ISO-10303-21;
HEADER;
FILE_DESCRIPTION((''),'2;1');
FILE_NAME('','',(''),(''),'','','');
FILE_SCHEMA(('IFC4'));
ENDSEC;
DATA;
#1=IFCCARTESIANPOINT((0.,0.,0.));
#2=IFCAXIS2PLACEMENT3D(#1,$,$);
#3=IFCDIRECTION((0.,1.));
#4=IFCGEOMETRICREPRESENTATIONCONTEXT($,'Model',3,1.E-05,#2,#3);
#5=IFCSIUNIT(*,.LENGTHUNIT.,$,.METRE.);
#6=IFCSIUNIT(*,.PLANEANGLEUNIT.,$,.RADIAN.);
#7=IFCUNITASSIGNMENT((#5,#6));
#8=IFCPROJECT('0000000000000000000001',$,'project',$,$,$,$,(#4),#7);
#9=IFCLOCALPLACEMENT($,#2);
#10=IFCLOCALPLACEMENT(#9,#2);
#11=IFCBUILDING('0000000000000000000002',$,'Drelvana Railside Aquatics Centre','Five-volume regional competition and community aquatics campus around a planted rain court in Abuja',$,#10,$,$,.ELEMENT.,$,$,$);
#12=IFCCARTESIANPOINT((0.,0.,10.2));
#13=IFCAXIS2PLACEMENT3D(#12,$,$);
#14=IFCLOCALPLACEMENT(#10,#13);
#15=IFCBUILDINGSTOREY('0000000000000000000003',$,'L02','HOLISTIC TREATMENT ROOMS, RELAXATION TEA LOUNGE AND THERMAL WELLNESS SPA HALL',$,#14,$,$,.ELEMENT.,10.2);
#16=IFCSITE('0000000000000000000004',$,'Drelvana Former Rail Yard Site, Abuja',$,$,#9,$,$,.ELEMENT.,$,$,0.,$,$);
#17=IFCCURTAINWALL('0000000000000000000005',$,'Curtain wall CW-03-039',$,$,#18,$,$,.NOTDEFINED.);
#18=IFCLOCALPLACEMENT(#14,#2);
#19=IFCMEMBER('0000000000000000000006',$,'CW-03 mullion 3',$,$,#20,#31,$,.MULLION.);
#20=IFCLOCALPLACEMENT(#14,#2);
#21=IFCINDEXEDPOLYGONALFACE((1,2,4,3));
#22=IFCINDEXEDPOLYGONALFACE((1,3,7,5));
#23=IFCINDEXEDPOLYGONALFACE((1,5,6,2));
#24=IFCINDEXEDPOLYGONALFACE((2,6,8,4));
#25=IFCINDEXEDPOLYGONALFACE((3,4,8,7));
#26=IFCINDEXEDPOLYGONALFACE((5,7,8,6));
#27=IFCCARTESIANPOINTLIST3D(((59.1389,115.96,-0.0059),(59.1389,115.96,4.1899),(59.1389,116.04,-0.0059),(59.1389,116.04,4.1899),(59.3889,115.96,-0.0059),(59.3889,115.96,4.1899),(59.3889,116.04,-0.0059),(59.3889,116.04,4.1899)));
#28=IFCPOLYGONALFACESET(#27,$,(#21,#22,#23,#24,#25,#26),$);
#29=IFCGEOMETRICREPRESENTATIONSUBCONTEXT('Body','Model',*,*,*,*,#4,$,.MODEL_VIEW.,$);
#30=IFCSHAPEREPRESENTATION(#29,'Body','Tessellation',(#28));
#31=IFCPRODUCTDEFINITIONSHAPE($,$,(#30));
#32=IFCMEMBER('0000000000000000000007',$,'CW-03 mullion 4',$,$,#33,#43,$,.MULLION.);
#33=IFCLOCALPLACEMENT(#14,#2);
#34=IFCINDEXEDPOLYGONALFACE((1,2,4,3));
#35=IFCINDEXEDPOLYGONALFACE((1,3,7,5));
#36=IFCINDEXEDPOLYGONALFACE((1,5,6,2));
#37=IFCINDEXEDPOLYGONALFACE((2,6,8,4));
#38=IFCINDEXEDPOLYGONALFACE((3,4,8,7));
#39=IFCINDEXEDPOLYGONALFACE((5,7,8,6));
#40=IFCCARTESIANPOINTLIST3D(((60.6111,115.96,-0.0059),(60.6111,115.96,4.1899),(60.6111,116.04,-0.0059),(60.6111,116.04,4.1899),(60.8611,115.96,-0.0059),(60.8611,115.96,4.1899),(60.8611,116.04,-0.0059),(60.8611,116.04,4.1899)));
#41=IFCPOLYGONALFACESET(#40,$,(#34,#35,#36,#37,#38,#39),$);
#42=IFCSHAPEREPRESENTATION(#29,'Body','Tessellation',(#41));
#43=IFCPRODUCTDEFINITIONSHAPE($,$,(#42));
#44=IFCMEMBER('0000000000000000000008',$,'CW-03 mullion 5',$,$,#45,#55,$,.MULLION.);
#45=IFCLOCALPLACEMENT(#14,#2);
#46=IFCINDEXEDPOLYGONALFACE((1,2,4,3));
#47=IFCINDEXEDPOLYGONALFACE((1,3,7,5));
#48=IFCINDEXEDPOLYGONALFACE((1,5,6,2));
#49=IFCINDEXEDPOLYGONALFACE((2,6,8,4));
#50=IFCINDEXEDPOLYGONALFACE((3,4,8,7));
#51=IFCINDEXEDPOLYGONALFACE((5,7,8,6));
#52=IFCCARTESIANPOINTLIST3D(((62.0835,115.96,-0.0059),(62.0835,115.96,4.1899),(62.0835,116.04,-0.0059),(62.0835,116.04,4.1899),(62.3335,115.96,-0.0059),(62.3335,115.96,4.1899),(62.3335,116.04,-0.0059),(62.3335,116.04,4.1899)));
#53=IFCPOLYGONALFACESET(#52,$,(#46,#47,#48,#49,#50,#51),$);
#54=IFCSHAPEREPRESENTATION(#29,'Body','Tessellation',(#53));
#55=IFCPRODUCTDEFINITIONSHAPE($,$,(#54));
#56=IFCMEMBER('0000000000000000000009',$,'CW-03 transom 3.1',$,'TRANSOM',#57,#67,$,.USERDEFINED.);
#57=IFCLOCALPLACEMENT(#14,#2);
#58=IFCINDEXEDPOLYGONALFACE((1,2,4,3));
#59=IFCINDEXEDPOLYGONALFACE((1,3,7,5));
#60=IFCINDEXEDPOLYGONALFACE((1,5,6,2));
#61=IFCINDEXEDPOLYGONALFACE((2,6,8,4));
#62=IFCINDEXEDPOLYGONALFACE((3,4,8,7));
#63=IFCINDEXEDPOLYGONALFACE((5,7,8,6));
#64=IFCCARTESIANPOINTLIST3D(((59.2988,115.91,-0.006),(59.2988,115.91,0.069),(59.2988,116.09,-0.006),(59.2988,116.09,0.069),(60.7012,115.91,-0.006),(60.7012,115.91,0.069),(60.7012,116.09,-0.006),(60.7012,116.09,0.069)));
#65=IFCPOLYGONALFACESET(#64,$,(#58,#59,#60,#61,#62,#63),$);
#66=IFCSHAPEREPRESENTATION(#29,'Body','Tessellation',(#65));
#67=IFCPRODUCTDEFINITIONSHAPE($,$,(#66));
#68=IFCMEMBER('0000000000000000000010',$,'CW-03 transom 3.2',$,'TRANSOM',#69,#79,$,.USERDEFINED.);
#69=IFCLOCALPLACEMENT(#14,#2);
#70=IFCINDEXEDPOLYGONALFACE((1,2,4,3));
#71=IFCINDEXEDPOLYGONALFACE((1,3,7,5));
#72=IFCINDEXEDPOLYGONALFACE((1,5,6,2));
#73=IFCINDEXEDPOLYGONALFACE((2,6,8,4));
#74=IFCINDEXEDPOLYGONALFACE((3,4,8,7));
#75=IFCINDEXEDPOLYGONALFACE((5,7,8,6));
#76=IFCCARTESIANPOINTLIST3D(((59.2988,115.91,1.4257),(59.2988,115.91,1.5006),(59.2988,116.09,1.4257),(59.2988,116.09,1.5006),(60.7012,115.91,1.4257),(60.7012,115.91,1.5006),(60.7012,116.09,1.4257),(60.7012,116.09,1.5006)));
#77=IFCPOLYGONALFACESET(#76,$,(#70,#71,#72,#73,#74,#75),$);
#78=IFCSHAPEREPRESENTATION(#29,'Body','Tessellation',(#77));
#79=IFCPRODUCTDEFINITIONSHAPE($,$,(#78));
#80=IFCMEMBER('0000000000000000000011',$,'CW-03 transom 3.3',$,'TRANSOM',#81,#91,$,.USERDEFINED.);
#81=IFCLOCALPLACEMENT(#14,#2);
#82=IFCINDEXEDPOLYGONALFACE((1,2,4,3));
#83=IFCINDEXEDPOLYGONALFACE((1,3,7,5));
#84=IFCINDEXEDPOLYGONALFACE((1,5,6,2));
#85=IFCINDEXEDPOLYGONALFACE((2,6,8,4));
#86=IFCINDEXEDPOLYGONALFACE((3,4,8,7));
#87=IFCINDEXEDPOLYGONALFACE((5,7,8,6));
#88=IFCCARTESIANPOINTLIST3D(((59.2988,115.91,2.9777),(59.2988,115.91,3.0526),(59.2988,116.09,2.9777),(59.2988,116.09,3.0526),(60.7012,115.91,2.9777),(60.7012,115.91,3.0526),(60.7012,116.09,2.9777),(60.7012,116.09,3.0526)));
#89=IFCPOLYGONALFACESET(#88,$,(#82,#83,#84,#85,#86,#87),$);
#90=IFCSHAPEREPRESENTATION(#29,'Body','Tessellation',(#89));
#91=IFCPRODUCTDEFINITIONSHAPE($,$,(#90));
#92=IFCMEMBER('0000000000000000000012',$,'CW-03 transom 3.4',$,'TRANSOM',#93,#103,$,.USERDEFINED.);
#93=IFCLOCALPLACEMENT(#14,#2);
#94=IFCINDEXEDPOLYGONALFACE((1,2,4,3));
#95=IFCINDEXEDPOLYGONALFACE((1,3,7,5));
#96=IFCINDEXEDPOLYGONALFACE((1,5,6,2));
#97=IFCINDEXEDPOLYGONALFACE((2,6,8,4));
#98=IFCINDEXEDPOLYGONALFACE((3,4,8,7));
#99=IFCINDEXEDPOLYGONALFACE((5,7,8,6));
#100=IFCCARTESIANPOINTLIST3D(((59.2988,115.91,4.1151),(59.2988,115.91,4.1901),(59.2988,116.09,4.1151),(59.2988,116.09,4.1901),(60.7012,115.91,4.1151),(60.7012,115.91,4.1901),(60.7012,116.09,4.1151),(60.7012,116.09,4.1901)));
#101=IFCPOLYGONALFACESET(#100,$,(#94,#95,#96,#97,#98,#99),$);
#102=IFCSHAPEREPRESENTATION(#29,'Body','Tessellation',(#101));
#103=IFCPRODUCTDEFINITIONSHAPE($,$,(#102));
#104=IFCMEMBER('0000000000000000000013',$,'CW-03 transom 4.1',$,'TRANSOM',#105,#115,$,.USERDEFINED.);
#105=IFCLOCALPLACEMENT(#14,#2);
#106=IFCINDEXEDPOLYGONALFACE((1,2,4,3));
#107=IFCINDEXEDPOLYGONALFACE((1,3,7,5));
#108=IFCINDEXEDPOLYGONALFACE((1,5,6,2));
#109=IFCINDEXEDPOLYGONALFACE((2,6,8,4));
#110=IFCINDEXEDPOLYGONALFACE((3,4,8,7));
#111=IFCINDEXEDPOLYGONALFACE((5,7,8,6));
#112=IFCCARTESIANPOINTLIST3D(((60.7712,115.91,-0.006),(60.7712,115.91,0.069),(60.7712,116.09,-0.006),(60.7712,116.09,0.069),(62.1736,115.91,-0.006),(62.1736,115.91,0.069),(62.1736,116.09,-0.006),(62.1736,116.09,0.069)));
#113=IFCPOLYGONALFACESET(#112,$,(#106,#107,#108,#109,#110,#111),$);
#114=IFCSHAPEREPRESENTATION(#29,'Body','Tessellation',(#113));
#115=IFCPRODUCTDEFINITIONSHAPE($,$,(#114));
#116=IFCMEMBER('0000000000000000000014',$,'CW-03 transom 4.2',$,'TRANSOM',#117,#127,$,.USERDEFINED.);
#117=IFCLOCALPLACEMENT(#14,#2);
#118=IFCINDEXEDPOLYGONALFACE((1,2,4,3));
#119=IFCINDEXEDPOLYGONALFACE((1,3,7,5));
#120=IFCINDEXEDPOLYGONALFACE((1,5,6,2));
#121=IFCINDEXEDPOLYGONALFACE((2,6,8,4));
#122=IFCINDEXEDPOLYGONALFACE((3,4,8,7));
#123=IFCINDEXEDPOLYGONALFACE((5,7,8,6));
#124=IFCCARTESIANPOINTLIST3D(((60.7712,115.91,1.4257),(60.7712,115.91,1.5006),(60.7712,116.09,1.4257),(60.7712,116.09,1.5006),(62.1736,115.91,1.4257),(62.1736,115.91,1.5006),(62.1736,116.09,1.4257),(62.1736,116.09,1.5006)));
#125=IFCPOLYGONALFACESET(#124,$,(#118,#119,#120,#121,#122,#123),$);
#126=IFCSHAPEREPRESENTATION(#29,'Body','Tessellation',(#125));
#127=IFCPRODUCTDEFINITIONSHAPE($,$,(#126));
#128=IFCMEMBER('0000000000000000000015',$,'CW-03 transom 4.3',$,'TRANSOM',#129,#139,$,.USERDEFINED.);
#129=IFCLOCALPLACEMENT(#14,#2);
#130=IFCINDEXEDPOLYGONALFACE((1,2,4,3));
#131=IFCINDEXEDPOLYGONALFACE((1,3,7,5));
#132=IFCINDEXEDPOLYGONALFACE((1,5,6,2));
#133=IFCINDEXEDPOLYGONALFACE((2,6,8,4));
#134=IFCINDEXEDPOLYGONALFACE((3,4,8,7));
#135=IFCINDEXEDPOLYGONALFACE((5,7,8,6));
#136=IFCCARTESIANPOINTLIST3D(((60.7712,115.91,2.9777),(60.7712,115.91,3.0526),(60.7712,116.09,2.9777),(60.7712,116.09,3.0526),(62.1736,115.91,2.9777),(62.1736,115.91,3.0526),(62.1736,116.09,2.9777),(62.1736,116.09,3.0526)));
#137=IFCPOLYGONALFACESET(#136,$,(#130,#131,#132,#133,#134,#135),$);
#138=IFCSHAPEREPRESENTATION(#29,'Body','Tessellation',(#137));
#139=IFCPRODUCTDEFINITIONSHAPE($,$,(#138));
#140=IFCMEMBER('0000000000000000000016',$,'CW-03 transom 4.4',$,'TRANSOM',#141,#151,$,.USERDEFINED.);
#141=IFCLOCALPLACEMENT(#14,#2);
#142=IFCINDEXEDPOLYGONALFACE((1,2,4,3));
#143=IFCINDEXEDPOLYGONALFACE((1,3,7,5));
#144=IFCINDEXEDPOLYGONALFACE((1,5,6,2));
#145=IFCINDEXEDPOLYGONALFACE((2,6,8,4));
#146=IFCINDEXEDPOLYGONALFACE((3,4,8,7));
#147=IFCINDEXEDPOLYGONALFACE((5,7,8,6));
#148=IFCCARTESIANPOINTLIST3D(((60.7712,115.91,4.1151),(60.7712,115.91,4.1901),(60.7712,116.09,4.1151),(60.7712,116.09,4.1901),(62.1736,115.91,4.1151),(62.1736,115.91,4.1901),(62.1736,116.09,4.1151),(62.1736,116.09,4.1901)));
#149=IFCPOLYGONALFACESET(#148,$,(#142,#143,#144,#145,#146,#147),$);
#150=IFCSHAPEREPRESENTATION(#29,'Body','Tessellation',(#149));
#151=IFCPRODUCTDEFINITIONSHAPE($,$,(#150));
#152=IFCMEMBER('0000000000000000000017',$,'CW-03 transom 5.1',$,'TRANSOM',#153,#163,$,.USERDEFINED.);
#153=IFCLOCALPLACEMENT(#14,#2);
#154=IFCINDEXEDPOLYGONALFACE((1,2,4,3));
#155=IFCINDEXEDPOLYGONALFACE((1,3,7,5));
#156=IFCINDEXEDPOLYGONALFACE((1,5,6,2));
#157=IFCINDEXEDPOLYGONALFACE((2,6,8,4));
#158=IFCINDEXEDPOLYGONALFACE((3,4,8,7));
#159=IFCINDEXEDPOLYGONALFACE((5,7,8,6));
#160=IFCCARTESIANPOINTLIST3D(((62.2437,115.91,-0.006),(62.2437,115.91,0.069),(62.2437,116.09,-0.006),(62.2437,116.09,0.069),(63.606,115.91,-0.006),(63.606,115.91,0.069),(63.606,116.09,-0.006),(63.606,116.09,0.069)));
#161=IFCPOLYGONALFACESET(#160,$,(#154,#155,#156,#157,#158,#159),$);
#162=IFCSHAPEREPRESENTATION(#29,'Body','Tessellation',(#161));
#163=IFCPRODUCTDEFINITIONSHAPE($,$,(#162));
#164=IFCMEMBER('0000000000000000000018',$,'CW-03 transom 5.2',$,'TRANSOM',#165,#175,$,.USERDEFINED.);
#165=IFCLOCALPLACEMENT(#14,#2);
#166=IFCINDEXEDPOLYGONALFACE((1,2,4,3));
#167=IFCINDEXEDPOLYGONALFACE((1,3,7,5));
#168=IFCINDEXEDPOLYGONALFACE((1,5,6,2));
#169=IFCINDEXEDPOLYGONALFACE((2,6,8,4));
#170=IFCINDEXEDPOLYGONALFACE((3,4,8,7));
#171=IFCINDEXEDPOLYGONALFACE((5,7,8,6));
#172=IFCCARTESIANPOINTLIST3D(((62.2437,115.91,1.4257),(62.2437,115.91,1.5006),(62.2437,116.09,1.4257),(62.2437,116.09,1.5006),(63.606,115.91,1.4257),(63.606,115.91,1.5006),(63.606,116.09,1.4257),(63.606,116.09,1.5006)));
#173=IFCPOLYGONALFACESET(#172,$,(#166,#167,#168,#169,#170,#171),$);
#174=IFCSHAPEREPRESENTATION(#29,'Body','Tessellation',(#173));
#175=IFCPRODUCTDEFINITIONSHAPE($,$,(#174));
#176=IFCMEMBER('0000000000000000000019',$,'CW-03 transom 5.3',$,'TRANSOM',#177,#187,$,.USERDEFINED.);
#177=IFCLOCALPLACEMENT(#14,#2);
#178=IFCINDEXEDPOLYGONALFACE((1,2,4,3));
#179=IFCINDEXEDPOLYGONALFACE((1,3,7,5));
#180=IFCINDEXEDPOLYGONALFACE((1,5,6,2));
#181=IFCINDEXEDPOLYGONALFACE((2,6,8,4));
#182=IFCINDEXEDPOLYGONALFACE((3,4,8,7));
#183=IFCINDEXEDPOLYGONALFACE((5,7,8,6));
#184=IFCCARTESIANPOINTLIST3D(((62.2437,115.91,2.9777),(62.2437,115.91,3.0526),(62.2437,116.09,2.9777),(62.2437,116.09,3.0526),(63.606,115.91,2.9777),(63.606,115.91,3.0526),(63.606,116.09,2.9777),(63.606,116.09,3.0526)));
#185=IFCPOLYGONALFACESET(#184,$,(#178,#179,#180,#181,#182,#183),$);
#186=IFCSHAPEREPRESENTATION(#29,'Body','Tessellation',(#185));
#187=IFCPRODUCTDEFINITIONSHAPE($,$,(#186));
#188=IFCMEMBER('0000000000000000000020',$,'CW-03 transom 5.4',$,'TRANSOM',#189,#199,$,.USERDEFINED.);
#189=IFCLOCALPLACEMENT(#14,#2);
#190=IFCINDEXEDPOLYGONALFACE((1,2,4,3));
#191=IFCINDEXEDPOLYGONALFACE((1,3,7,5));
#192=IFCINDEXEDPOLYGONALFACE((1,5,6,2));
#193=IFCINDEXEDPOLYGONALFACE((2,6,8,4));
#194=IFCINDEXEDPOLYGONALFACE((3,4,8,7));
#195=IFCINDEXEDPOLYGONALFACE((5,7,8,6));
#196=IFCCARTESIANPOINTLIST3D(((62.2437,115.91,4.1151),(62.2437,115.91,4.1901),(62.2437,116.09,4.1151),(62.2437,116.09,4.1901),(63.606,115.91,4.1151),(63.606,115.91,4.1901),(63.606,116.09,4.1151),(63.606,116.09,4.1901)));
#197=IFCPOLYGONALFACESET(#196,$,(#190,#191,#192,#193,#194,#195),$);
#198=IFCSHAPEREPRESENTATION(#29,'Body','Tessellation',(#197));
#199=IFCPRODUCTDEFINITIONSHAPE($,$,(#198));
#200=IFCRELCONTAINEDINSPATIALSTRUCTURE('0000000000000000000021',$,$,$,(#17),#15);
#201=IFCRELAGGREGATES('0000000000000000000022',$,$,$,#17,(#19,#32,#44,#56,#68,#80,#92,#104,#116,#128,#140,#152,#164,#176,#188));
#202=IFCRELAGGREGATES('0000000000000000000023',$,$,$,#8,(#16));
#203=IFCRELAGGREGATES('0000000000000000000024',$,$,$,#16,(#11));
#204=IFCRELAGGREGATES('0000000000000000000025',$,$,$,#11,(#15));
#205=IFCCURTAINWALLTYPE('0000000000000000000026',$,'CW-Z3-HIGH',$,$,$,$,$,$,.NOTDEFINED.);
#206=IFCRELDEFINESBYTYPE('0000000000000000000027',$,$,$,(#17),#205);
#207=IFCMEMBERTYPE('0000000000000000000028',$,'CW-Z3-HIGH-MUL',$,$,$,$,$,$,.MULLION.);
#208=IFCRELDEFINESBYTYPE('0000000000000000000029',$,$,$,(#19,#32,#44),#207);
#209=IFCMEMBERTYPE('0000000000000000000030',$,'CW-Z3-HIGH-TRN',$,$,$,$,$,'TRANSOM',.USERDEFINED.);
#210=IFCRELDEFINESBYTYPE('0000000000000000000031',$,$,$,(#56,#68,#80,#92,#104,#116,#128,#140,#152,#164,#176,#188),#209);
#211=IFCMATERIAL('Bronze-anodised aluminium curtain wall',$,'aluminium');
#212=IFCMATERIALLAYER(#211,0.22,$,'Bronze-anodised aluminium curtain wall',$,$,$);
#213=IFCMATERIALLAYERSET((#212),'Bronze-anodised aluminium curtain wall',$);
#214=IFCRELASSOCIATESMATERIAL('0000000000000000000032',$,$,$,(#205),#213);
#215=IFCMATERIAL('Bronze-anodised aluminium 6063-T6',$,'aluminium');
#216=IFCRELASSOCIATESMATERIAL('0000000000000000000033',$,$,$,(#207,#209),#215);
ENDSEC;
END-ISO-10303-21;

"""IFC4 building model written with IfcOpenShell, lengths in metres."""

from ifc_helpers import new_model, si_unit, direction, frame, origin, origin_2d, place, context, subcontext, project, spatial, rectangle, extrude, material, layer, layer_set, material_profile, profile_set, type_object, element, aggregate, save


model = new_model("IFC4")

# Units and contexts
model_context = context("Model", 3, precision=1e-05, world=origin(), true_north=direction((0.0, 1.0)))
body_context = subcontext(model_context, "Body", "Model", "MODEL_VIEW")
ifc_project = project(units=[si_unit("LENGTHUNIT", "METRE"), si_unit("PLANEANGLEUNIT", "RADIAN")], contexts=[model_context])

# Site, building, storey
site_placement = place(None, origin())
site = spatial("IfcSite", under=ifc_project, at=site_placement, Name="Drelvana Former Rail Yard Site, Abuja", CompositionType="ELEMENT", RefElevation=0.0)
building_placement = place(site_placement, origin())
building = spatial("IfcBuilding", under=site, at=building_placement, Name="Drelvana Railside Aquatics Centre", Description="Five-volume regional competition and community aquatics campus around a planted rain court in Abuja", CompositionType="ELEMENT")
storey_placement = place(building_placement, frame((0.0, 0.0, 10.2)))
storey = spatial("IfcBuildingStorey", under=building, at=storey_placement, Name="L02", Description="HOLISTIC TREATMENT ROOMS, RELAXATION TEA LOUNGE AND THERMAL WELLNESS SPA HALL", CompositionType="ELEMENT", Elevation=10.2)

# Curtain wall, members
ifc_material_1 = material(Name="Bronze-anodised aluminium curtain wall", Category="aluminium")
ifc_layer_1 = layer(ifc_material_1, 0.22, Name="Bronze-anodised aluminium curtain wall")
ifc_layer_set_1 = layer_set([ifc_layer_1], Name="Bronze-anodised aluminium curtain wall")
curtain_wall_type = type_object("IfcCurtainWallType", Name="CW-Z3-HIGH", PredefinedType="NOTDEFINED", material=ifc_layer_set_1)
curtain_wall_placement = place(storey_placement, origin())
curtain_wall = element("IfcCurtainWall", 1, at=curtain_wall_placement, inside=storey, type_object=curtain_wall_type, Name="Curtain wall CW-03-039", PredefinedType="NOTDEFINED")
ifc_material_2 = material(Name="Bronze-anodised aluminium 6063-T6", Category="aluminium")
ifc_material_profile_1 = material_profile(ifc_material_2, rectangle(XDim=0.0801, YDim=0.25, at=origin_2d()), Name="ALU-M 80x250")
ifc_profile_set_1 = profile_set([ifc_material_profile_1], Name="Bronze-anodised aluminium 6063-T6")
member_type_1 = type_object("IfcMemberType", Name="CW-Z3-HIGH-MUL", PredefinedType="MULLION", material=ifc_profile_set_1)
member_1_placement = place(storey_placement, frame((59.2639, 116.0, -0.0059), z_axis=(0.0, 0.0, 1.0), x_axis=(0.0, 1.0, 0.0)))
member_1 = element("IfcMember", 2, at=member_1_placement, type_object=member_type_1, Name="CW-03 mullion 3", PredefinedType="MULLION", context=body_context, shape_type="SweptSolid", body=[
    extrude(rectangle(XDim=0.0801, YDim=0.25, at=origin_2d()), origin(), (0.0, 0.0, 1.0), 4.1958),
])
member_2_placement = place(storey_placement, frame((60.7361, 116.0, -0.0059), z_axis=(0.0, 0.0, 1.0), x_axis=(0.0, 1.0, 0.0)))
member_2 = element("IfcMember", 3, at=member_2_placement, type_object=member_type_1, Name="CW-03 mullion 4", PredefinedType="MULLION", context=body_context, shape_type="SweptSolid", body=[
    extrude(rectangle(XDim=0.0801, YDim=0.25, at=origin_2d()), origin(), (0.0, 0.0, 1.0), 4.1958),
])
member_3_placement = place(storey_placement, frame((62.2085, 116.0, -0.0059), z_axis=(0.0, 0.0, 1.0), x_axis=(0.0, 1.0, 0.0)))
member_3 = element("IfcMember", 4, at=member_3_placement, type_object=member_type_1, Name="CW-03 mullion 5", PredefinedType="MULLION", context=body_context, shape_type="SweptSolid", body=[
    extrude(rectangle(XDim=0.0801, YDim=0.25, at=origin_2d()), origin(), (0.0, 0.0, 1.0), 4.1958),
])
ifc_material_profile_2 = material_profile(ifc_material_2, rectangle(XDim=0.1799, YDim=0.075, at=origin_2d()), Name="ALU-T 75x180")
ifc_profile_set_2 = profile_set([ifc_material_profile_2], Name="Bronze-anodised aluminium 6063-T6")
member_type_2 = type_object("IfcMemberType", Name="CW-Z3-HIGH-TRN", ElementType="TRANSOM", PredefinedType="USERDEFINED", material=ifc_profile_set_2)
member_4_placement = place(storey_placement, frame((59.2988, 116.0, 0.0315), z_axis=(1.0, 0.0, 0.0), x_axis=(0.0, 1.0, 0.0)))
member_4 = element("IfcMember", 5, at=member_4_placement, type_object=member_type_2, Name="CW-03 transom 3.1", ObjectType="TRANSOM", PredefinedType="USERDEFINED", context=body_context, shape_type="SweptSolid", body=[
    extrude(rectangle(XDim=0.1799, YDim=0.075, at=origin_2d()), origin(), (0.0, 0.0, 1.0), 1.4023),
])
member_5_placement = place(storey_placement, frame((59.2988, 116.0, 1.4631), z_axis=(1.0, 0.0, 0.0), x_axis=(0.0, 1.0, 0.0)))
member_5 = element("IfcMember", 6, at=member_5_placement, type_object=member_type_2, Name="CW-03 transom 3.2", ObjectType="TRANSOM", PredefinedType="USERDEFINED", context=body_context, shape_type="SweptSolid", body=[
    extrude(rectangle(XDim=0.1799, YDim=0.075, at=origin_2d()), origin(), (0.0, 0.0, 1.0), 1.4023),
])
member_6_placement = place(storey_placement, frame((59.2988, 116.0, 3.0151), z_axis=(1.0, 0.0, 0.0), x_axis=(0.0, 1.0, 0.0)))
member_6 = element("IfcMember", 7, at=member_6_placement, type_object=member_type_2, Name="CW-03 transom 3.3", ObjectType="TRANSOM", PredefinedType="USERDEFINED", context=body_context, shape_type="SweptSolid", body=[
    extrude(rectangle(XDim=0.1799, YDim=0.075, at=origin_2d()), origin(), (0.0, 0.0, 1.0), 1.4023),
])
member_7_placement = place(storey_placement, frame((59.2988, 116.0, 4.1526), z_axis=(1.0, 0.0, 0.0), x_axis=(0.0, 1.0, 0.0)))
member_7 = element("IfcMember", 8, at=member_7_placement, type_object=member_type_2, Name="CW-03 transom 3.4", ObjectType="TRANSOM", PredefinedType="USERDEFINED", context=body_context, shape_type="SweptSolid", body=[
    extrude(rectangle(XDim=0.1799, YDim=0.075, at=origin_2d()), origin(), (0.0, 0.0, 1.0), 1.4023),
])
member_8_placement = place(storey_placement, frame((60.7712, 116.0, 0.0315), z_axis=(1.0, 0.0, 0.0), x_axis=(0.0, 1.0, 0.0)))
member_8 = element("IfcMember", 9, at=member_8_placement, type_object=member_type_2, Name="CW-03 transom 4.1", ObjectType="TRANSOM", PredefinedType="USERDEFINED", context=body_context, shape_type="SweptSolid", body=[
    extrude(rectangle(XDim=0.1799, YDim=0.075, at=origin_2d()), origin(), (0.0, 0.0, 1.0), 1.4023),
])
member_9_placement = place(storey_placement, frame((60.7712, 116.0, 1.4631), z_axis=(1.0, 0.0, 0.0), x_axis=(0.0, 1.0, 0.0)))
member_9 = element("IfcMember", 10, at=member_9_placement, type_object=member_type_2, Name="CW-03 transom 4.2", ObjectType="TRANSOM", PredefinedType="USERDEFINED", context=body_context, shape_type="SweptSolid", body=[
    extrude(rectangle(XDim=0.1799, YDim=0.075, at=origin_2d()), origin(), (0.0, 0.0, 1.0), 1.4023),
])
member_10_placement = place(storey_placement, frame((60.7712, 116.0, 3.0151), z_axis=(1.0, 0.0, 0.0), x_axis=(0.0, 1.0, 0.0)))
member_10 = element("IfcMember", 11, at=member_10_placement, type_object=member_type_2, Name="CW-03 transom 4.3", ObjectType="TRANSOM", PredefinedType="USERDEFINED", context=body_context, shape_type="SweptSolid", body=[
    extrude(rectangle(XDim=0.1799, YDim=0.075, at=origin_2d()), origin(), (0.0, 0.0, 1.0), 1.4023),
])
member_11_placement = place(storey_placement, frame((60.7712, 116.0, 4.1526), z_axis=(1.0, 0.0, 0.0), x_axis=(0.0, 1.0, 0.0)))
member_11 = element("IfcMember", 12, at=member_11_placement, type_object=member_type_2, Name="CW-03 transom 4.4", ObjectType="TRANSOM", PredefinedType="USERDEFINED", context=body_context, shape_type="SweptSolid", body=[
    extrude(rectangle(XDim=0.1799, YDim=0.075, at=origin_2d()), origin(), (0.0, 0.0, 1.0), 1.4023),
])
member_12_placement = place(storey_placement, frame((62.2437, 116.0, 0.0315), z_axis=(1.0, 0.0, 0.0), x_axis=(0.0, 1.0, 0.0)))
member_12 = element("IfcMember", 13, at=member_12_placement, type_object=member_type_2, Name="CW-03 transom 5.1", ObjectType="TRANSOM", PredefinedType="USERDEFINED", context=body_context, shape_type="SweptSolid", body=[
    extrude(rectangle(XDim=0.1799, YDim=0.075, at=origin_2d()), origin(), (0.0, 0.0, 1.0), 1.3623),
])
member_13_placement = place(storey_placement, frame((62.2437, 116.0, 1.4631), z_axis=(1.0, 0.0, 0.0), x_axis=(0.0, 1.0, 0.0)))
member_13 = element("IfcMember", 14, at=member_13_placement, type_object=member_type_2, Name="CW-03 transom 5.2", ObjectType="TRANSOM", PredefinedType="USERDEFINED", context=body_context, shape_type="SweptSolid", body=[
    extrude(rectangle(XDim=0.1799, YDim=0.075, at=origin_2d()), origin(), (0.0, 0.0, 1.0), 1.3623),
])
member_14_placement = place(storey_placement, frame((62.2437, 116.0, 3.0151), z_axis=(1.0, 0.0, 0.0), x_axis=(0.0, 1.0, 0.0)))
member_14 = element("IfcMember", 15, at=member_14_placement, type_object=member_type_2, Name="CW-03 transom 5.3", ObjectType="TRANSOM", PredefinedType="USERDEFINED", context=body_context, shape_type="SweptSolid", body=[
    extrude(rectangle(XDim=0.1799, YDim=0.075, at=origin_2d()), origin(), (0.0, 0.0, 1.0), 1.3623),
])
member_15_placement = place(storey_placement, frame((62.2437, 116.0, 4.1526), z_axis=(1.0, 0.0, 0.0), x_axis=(0.0, 1.0, 0.0)))
member_15 = element("IfcMember", 16, at=member_15_placement, type_object=member_type_2, Name="CW-03 transom 5.4", ObjectType="TRANSOM", PredefinedType="USERDEFINED", context=body_context, shape_type="SweptSolid", body=[
    extrude(rectangle(XDim=0.1799, YDim=0.075, at=origin_2d()), origin(), (0.0, 0.0, 1.0), 1.3623),
])
aggregate(curtain_wall, [member_1, member_2, member_3, member_4, member_5, member_6, member_7, member_8, member_9, member_10, member_11, member_12, member_13, member_14, member_15])

save(model, "model.ifc")
